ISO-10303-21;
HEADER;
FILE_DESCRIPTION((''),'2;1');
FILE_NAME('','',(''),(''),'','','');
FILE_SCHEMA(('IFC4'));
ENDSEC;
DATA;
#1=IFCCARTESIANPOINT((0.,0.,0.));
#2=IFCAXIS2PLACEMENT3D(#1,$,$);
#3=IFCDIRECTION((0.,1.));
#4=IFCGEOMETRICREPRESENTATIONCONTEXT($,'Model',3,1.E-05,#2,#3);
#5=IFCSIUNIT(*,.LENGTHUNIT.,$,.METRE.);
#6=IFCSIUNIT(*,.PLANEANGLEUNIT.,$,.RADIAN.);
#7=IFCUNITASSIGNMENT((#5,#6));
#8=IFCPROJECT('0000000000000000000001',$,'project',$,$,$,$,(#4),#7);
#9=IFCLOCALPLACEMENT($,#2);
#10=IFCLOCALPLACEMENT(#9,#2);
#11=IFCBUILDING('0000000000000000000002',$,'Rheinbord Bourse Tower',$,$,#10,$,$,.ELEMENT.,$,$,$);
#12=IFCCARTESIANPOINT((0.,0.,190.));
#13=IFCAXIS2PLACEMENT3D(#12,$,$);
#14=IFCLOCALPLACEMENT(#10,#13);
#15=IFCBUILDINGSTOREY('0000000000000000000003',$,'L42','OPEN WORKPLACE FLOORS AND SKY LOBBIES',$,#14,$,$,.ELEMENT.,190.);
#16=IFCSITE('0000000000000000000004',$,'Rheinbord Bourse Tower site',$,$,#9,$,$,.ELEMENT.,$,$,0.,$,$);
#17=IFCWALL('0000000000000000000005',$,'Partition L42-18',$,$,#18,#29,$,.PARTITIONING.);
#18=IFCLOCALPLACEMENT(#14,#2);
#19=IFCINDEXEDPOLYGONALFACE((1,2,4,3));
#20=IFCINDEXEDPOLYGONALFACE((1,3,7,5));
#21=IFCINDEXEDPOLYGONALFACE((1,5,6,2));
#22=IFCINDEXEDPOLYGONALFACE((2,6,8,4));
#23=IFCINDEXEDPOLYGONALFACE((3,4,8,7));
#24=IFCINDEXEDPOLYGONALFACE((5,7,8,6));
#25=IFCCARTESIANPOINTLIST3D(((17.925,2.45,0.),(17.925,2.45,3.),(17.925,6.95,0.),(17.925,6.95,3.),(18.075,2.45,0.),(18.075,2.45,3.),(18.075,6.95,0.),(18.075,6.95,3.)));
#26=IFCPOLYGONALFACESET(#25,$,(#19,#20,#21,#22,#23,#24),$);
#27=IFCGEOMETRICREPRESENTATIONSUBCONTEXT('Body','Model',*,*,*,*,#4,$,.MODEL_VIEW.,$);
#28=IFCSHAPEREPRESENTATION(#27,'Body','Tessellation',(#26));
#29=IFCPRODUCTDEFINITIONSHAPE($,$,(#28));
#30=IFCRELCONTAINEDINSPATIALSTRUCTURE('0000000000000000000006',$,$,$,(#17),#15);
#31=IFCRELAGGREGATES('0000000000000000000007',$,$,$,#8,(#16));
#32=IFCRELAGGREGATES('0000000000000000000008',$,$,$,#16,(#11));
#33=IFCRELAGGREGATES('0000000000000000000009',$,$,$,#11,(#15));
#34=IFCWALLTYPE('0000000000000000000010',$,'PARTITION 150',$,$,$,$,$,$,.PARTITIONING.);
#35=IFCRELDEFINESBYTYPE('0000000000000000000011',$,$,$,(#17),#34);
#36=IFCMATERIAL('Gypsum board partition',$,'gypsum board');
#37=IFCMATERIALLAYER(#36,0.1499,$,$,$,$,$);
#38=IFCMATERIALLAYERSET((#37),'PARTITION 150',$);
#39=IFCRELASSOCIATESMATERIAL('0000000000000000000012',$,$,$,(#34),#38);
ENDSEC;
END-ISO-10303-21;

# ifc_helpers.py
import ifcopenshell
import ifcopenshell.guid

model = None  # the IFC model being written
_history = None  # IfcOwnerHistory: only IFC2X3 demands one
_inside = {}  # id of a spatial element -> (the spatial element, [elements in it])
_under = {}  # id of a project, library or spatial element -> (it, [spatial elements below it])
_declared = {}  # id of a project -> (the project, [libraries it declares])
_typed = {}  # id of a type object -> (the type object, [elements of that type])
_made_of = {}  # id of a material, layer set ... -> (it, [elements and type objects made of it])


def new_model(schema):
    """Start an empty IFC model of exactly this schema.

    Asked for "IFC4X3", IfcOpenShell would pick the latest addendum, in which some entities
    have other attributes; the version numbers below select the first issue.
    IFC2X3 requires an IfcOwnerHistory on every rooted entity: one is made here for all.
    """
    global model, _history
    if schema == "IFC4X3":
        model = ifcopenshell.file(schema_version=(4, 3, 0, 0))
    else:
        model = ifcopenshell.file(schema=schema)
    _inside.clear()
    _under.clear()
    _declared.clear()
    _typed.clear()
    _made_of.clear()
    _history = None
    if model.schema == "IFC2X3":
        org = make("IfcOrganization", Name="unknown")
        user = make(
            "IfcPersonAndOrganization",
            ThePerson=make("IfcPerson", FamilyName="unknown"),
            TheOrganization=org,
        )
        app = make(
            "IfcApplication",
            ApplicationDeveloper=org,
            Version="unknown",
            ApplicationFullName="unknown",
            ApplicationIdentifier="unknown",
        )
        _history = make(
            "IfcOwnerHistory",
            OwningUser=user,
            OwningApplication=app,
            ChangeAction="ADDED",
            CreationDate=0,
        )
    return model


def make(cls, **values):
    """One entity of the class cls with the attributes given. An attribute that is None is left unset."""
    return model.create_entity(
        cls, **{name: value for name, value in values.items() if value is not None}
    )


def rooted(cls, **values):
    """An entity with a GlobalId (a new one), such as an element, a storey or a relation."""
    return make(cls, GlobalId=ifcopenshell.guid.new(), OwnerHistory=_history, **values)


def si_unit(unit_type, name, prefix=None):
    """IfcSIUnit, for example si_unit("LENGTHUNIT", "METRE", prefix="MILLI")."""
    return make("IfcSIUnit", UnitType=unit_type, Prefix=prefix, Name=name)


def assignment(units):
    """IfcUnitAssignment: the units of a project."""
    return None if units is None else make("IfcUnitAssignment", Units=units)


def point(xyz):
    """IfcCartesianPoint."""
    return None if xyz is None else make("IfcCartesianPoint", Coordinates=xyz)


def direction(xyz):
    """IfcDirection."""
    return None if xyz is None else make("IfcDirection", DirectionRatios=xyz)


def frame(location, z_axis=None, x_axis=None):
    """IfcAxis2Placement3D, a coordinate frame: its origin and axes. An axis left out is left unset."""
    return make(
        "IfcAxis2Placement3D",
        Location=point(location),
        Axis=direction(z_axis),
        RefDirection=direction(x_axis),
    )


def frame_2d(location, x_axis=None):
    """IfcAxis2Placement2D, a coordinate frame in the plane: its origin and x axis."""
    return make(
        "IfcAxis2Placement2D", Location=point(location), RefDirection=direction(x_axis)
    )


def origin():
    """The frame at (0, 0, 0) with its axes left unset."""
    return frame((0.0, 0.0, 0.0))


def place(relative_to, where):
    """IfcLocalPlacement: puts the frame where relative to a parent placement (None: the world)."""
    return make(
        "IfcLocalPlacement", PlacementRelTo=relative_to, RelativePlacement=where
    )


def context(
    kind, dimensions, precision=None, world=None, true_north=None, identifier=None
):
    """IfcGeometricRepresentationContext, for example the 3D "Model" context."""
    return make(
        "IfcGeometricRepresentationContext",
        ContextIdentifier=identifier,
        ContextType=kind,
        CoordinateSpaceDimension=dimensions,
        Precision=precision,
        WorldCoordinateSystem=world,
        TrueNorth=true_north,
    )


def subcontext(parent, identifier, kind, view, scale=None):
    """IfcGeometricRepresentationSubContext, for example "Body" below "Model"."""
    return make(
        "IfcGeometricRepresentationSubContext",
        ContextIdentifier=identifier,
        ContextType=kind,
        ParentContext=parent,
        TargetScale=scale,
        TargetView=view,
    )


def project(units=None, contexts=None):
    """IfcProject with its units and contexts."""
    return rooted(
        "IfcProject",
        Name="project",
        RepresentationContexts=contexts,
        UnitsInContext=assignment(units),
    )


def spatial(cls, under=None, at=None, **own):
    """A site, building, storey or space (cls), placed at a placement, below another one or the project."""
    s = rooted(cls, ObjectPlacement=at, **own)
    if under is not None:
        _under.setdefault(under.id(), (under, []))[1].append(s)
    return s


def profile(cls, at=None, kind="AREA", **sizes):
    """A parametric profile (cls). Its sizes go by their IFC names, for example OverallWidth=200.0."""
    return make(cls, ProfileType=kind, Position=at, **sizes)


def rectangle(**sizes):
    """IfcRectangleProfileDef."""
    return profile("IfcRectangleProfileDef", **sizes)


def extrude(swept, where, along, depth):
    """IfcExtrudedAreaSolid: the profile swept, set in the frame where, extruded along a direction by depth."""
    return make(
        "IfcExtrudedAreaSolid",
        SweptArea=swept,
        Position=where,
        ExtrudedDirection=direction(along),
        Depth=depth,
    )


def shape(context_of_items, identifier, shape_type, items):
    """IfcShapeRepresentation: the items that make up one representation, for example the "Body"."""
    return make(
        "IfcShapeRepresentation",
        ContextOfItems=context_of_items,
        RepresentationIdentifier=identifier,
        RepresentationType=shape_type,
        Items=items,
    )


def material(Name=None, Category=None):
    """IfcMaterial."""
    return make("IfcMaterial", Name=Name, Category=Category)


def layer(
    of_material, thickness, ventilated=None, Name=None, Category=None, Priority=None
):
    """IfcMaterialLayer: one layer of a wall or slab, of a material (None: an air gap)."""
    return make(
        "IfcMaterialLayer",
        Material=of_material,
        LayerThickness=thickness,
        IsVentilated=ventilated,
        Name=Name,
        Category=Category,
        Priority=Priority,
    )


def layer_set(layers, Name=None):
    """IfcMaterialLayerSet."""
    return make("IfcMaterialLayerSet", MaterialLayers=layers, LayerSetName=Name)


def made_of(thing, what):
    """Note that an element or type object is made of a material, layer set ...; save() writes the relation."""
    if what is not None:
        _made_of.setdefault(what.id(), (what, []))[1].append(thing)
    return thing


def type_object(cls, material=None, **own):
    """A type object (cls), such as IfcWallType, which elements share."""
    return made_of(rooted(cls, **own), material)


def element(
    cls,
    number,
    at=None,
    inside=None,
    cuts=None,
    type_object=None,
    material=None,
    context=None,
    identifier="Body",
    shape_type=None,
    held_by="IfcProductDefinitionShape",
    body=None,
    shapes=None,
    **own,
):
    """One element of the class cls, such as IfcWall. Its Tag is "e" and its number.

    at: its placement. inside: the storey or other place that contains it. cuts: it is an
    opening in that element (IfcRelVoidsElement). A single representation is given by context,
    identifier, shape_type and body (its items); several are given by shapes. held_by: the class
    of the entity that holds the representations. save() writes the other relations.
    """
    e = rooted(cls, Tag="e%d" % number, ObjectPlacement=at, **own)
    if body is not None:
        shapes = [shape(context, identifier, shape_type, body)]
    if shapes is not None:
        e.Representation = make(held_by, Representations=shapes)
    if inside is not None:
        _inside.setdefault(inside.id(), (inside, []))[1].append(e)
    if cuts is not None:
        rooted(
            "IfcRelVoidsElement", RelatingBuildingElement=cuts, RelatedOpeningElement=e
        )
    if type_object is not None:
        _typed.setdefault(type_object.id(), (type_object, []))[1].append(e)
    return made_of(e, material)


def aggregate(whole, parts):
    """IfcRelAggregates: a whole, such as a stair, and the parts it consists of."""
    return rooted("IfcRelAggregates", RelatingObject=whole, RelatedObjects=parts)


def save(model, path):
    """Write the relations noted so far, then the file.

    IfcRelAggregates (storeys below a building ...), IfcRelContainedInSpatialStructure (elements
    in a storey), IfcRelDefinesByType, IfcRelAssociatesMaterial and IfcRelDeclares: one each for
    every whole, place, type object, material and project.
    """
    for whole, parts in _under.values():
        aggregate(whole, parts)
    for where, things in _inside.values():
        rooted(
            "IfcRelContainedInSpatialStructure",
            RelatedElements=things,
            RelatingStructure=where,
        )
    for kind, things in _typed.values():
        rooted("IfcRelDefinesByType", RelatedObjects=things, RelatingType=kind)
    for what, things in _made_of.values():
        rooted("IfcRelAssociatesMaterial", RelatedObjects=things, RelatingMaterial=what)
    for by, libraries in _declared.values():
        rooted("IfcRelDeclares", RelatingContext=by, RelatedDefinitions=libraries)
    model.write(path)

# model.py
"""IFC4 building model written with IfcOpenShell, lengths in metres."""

from ifc_helpers import new_model, si_unit, direction, frame, frame_2d, origin, place, context, subcontext, project, spatial, rectangle, extrude, material, layer, layer_set, type_object, element, save


model = new_model("IFC4")

# Units and contexts
model_context = context("Model", 3, precision=1e-05, world=origin(), true_north=direction((0.0, 1.0)))
body_context = subcontext(model_context, "Body", "Model", "MODEL_VIEW")
ifc_project = project(units=[si_unit("LENGTHUNIT", "METRE"), si_unit("PLANEANGLEUNIT", "RADIAN")], contexts=[model_context])

# Site, building, storey
site_placement = place(None, origin())
site = spatial("IfcSite", under=ifc_project, at=site_placement, Name="Rheinbord Bourse Tower site", CompositionType="ELEMENT", RefElevation=0.0)
building_placement = place(site_placement, origin())
building = spatial("IfcBuilding", under=site, at=building_placement, Name="Rheinbord Bourse Tower", CompositionType="ELEMENT")
storey_placement = place(building_placement, frame((0.0, 0.0, 190.0)))
storey = spatial("IfcBuildingStorey", under=building, at=storey_placement, Name="L42", Description="OPEN WORKPLACE FLOORS AND SKY LOBBIES", CompositionType="ELEMENT", Elevation=190.0)

# Wall
ifc_material_1 = material(Name="Gypsum board partition", Category="gypsum board")
ifc_layer_1 = layer(ifc_material_1, 0.1499)
ifc_layer_set_1 = layer_set([ifc_layer_1], Name="PARTITION 150")
wall_type = type_object("IfcWallType", Name="PARTITION 150", PredefinedType="PARTITIONING", material=ifc_layer_set_1)
wall_placement = place(storey_placement, frame((18.0, 2.45, 0.0), z_axis=(0.0, 0.0, 1.0), x_axis=(0.0, 1.0, 0.0)))
element("IfcWall", 1, at=wall_placement, inside=storey, type_object=wall_type, Name="Partition L42-18", PredefinedType="PARTITIONING", context=body_context, shape_type="SweptSolid", body=[
    extrude(rectangle(XDim=4.5, YDim=0.1499, at=frame_2d((2.25, 0.0))), origin(), (0.0, 0.0, 1.0), 3.0),
])

save(model, "model.ifc")
